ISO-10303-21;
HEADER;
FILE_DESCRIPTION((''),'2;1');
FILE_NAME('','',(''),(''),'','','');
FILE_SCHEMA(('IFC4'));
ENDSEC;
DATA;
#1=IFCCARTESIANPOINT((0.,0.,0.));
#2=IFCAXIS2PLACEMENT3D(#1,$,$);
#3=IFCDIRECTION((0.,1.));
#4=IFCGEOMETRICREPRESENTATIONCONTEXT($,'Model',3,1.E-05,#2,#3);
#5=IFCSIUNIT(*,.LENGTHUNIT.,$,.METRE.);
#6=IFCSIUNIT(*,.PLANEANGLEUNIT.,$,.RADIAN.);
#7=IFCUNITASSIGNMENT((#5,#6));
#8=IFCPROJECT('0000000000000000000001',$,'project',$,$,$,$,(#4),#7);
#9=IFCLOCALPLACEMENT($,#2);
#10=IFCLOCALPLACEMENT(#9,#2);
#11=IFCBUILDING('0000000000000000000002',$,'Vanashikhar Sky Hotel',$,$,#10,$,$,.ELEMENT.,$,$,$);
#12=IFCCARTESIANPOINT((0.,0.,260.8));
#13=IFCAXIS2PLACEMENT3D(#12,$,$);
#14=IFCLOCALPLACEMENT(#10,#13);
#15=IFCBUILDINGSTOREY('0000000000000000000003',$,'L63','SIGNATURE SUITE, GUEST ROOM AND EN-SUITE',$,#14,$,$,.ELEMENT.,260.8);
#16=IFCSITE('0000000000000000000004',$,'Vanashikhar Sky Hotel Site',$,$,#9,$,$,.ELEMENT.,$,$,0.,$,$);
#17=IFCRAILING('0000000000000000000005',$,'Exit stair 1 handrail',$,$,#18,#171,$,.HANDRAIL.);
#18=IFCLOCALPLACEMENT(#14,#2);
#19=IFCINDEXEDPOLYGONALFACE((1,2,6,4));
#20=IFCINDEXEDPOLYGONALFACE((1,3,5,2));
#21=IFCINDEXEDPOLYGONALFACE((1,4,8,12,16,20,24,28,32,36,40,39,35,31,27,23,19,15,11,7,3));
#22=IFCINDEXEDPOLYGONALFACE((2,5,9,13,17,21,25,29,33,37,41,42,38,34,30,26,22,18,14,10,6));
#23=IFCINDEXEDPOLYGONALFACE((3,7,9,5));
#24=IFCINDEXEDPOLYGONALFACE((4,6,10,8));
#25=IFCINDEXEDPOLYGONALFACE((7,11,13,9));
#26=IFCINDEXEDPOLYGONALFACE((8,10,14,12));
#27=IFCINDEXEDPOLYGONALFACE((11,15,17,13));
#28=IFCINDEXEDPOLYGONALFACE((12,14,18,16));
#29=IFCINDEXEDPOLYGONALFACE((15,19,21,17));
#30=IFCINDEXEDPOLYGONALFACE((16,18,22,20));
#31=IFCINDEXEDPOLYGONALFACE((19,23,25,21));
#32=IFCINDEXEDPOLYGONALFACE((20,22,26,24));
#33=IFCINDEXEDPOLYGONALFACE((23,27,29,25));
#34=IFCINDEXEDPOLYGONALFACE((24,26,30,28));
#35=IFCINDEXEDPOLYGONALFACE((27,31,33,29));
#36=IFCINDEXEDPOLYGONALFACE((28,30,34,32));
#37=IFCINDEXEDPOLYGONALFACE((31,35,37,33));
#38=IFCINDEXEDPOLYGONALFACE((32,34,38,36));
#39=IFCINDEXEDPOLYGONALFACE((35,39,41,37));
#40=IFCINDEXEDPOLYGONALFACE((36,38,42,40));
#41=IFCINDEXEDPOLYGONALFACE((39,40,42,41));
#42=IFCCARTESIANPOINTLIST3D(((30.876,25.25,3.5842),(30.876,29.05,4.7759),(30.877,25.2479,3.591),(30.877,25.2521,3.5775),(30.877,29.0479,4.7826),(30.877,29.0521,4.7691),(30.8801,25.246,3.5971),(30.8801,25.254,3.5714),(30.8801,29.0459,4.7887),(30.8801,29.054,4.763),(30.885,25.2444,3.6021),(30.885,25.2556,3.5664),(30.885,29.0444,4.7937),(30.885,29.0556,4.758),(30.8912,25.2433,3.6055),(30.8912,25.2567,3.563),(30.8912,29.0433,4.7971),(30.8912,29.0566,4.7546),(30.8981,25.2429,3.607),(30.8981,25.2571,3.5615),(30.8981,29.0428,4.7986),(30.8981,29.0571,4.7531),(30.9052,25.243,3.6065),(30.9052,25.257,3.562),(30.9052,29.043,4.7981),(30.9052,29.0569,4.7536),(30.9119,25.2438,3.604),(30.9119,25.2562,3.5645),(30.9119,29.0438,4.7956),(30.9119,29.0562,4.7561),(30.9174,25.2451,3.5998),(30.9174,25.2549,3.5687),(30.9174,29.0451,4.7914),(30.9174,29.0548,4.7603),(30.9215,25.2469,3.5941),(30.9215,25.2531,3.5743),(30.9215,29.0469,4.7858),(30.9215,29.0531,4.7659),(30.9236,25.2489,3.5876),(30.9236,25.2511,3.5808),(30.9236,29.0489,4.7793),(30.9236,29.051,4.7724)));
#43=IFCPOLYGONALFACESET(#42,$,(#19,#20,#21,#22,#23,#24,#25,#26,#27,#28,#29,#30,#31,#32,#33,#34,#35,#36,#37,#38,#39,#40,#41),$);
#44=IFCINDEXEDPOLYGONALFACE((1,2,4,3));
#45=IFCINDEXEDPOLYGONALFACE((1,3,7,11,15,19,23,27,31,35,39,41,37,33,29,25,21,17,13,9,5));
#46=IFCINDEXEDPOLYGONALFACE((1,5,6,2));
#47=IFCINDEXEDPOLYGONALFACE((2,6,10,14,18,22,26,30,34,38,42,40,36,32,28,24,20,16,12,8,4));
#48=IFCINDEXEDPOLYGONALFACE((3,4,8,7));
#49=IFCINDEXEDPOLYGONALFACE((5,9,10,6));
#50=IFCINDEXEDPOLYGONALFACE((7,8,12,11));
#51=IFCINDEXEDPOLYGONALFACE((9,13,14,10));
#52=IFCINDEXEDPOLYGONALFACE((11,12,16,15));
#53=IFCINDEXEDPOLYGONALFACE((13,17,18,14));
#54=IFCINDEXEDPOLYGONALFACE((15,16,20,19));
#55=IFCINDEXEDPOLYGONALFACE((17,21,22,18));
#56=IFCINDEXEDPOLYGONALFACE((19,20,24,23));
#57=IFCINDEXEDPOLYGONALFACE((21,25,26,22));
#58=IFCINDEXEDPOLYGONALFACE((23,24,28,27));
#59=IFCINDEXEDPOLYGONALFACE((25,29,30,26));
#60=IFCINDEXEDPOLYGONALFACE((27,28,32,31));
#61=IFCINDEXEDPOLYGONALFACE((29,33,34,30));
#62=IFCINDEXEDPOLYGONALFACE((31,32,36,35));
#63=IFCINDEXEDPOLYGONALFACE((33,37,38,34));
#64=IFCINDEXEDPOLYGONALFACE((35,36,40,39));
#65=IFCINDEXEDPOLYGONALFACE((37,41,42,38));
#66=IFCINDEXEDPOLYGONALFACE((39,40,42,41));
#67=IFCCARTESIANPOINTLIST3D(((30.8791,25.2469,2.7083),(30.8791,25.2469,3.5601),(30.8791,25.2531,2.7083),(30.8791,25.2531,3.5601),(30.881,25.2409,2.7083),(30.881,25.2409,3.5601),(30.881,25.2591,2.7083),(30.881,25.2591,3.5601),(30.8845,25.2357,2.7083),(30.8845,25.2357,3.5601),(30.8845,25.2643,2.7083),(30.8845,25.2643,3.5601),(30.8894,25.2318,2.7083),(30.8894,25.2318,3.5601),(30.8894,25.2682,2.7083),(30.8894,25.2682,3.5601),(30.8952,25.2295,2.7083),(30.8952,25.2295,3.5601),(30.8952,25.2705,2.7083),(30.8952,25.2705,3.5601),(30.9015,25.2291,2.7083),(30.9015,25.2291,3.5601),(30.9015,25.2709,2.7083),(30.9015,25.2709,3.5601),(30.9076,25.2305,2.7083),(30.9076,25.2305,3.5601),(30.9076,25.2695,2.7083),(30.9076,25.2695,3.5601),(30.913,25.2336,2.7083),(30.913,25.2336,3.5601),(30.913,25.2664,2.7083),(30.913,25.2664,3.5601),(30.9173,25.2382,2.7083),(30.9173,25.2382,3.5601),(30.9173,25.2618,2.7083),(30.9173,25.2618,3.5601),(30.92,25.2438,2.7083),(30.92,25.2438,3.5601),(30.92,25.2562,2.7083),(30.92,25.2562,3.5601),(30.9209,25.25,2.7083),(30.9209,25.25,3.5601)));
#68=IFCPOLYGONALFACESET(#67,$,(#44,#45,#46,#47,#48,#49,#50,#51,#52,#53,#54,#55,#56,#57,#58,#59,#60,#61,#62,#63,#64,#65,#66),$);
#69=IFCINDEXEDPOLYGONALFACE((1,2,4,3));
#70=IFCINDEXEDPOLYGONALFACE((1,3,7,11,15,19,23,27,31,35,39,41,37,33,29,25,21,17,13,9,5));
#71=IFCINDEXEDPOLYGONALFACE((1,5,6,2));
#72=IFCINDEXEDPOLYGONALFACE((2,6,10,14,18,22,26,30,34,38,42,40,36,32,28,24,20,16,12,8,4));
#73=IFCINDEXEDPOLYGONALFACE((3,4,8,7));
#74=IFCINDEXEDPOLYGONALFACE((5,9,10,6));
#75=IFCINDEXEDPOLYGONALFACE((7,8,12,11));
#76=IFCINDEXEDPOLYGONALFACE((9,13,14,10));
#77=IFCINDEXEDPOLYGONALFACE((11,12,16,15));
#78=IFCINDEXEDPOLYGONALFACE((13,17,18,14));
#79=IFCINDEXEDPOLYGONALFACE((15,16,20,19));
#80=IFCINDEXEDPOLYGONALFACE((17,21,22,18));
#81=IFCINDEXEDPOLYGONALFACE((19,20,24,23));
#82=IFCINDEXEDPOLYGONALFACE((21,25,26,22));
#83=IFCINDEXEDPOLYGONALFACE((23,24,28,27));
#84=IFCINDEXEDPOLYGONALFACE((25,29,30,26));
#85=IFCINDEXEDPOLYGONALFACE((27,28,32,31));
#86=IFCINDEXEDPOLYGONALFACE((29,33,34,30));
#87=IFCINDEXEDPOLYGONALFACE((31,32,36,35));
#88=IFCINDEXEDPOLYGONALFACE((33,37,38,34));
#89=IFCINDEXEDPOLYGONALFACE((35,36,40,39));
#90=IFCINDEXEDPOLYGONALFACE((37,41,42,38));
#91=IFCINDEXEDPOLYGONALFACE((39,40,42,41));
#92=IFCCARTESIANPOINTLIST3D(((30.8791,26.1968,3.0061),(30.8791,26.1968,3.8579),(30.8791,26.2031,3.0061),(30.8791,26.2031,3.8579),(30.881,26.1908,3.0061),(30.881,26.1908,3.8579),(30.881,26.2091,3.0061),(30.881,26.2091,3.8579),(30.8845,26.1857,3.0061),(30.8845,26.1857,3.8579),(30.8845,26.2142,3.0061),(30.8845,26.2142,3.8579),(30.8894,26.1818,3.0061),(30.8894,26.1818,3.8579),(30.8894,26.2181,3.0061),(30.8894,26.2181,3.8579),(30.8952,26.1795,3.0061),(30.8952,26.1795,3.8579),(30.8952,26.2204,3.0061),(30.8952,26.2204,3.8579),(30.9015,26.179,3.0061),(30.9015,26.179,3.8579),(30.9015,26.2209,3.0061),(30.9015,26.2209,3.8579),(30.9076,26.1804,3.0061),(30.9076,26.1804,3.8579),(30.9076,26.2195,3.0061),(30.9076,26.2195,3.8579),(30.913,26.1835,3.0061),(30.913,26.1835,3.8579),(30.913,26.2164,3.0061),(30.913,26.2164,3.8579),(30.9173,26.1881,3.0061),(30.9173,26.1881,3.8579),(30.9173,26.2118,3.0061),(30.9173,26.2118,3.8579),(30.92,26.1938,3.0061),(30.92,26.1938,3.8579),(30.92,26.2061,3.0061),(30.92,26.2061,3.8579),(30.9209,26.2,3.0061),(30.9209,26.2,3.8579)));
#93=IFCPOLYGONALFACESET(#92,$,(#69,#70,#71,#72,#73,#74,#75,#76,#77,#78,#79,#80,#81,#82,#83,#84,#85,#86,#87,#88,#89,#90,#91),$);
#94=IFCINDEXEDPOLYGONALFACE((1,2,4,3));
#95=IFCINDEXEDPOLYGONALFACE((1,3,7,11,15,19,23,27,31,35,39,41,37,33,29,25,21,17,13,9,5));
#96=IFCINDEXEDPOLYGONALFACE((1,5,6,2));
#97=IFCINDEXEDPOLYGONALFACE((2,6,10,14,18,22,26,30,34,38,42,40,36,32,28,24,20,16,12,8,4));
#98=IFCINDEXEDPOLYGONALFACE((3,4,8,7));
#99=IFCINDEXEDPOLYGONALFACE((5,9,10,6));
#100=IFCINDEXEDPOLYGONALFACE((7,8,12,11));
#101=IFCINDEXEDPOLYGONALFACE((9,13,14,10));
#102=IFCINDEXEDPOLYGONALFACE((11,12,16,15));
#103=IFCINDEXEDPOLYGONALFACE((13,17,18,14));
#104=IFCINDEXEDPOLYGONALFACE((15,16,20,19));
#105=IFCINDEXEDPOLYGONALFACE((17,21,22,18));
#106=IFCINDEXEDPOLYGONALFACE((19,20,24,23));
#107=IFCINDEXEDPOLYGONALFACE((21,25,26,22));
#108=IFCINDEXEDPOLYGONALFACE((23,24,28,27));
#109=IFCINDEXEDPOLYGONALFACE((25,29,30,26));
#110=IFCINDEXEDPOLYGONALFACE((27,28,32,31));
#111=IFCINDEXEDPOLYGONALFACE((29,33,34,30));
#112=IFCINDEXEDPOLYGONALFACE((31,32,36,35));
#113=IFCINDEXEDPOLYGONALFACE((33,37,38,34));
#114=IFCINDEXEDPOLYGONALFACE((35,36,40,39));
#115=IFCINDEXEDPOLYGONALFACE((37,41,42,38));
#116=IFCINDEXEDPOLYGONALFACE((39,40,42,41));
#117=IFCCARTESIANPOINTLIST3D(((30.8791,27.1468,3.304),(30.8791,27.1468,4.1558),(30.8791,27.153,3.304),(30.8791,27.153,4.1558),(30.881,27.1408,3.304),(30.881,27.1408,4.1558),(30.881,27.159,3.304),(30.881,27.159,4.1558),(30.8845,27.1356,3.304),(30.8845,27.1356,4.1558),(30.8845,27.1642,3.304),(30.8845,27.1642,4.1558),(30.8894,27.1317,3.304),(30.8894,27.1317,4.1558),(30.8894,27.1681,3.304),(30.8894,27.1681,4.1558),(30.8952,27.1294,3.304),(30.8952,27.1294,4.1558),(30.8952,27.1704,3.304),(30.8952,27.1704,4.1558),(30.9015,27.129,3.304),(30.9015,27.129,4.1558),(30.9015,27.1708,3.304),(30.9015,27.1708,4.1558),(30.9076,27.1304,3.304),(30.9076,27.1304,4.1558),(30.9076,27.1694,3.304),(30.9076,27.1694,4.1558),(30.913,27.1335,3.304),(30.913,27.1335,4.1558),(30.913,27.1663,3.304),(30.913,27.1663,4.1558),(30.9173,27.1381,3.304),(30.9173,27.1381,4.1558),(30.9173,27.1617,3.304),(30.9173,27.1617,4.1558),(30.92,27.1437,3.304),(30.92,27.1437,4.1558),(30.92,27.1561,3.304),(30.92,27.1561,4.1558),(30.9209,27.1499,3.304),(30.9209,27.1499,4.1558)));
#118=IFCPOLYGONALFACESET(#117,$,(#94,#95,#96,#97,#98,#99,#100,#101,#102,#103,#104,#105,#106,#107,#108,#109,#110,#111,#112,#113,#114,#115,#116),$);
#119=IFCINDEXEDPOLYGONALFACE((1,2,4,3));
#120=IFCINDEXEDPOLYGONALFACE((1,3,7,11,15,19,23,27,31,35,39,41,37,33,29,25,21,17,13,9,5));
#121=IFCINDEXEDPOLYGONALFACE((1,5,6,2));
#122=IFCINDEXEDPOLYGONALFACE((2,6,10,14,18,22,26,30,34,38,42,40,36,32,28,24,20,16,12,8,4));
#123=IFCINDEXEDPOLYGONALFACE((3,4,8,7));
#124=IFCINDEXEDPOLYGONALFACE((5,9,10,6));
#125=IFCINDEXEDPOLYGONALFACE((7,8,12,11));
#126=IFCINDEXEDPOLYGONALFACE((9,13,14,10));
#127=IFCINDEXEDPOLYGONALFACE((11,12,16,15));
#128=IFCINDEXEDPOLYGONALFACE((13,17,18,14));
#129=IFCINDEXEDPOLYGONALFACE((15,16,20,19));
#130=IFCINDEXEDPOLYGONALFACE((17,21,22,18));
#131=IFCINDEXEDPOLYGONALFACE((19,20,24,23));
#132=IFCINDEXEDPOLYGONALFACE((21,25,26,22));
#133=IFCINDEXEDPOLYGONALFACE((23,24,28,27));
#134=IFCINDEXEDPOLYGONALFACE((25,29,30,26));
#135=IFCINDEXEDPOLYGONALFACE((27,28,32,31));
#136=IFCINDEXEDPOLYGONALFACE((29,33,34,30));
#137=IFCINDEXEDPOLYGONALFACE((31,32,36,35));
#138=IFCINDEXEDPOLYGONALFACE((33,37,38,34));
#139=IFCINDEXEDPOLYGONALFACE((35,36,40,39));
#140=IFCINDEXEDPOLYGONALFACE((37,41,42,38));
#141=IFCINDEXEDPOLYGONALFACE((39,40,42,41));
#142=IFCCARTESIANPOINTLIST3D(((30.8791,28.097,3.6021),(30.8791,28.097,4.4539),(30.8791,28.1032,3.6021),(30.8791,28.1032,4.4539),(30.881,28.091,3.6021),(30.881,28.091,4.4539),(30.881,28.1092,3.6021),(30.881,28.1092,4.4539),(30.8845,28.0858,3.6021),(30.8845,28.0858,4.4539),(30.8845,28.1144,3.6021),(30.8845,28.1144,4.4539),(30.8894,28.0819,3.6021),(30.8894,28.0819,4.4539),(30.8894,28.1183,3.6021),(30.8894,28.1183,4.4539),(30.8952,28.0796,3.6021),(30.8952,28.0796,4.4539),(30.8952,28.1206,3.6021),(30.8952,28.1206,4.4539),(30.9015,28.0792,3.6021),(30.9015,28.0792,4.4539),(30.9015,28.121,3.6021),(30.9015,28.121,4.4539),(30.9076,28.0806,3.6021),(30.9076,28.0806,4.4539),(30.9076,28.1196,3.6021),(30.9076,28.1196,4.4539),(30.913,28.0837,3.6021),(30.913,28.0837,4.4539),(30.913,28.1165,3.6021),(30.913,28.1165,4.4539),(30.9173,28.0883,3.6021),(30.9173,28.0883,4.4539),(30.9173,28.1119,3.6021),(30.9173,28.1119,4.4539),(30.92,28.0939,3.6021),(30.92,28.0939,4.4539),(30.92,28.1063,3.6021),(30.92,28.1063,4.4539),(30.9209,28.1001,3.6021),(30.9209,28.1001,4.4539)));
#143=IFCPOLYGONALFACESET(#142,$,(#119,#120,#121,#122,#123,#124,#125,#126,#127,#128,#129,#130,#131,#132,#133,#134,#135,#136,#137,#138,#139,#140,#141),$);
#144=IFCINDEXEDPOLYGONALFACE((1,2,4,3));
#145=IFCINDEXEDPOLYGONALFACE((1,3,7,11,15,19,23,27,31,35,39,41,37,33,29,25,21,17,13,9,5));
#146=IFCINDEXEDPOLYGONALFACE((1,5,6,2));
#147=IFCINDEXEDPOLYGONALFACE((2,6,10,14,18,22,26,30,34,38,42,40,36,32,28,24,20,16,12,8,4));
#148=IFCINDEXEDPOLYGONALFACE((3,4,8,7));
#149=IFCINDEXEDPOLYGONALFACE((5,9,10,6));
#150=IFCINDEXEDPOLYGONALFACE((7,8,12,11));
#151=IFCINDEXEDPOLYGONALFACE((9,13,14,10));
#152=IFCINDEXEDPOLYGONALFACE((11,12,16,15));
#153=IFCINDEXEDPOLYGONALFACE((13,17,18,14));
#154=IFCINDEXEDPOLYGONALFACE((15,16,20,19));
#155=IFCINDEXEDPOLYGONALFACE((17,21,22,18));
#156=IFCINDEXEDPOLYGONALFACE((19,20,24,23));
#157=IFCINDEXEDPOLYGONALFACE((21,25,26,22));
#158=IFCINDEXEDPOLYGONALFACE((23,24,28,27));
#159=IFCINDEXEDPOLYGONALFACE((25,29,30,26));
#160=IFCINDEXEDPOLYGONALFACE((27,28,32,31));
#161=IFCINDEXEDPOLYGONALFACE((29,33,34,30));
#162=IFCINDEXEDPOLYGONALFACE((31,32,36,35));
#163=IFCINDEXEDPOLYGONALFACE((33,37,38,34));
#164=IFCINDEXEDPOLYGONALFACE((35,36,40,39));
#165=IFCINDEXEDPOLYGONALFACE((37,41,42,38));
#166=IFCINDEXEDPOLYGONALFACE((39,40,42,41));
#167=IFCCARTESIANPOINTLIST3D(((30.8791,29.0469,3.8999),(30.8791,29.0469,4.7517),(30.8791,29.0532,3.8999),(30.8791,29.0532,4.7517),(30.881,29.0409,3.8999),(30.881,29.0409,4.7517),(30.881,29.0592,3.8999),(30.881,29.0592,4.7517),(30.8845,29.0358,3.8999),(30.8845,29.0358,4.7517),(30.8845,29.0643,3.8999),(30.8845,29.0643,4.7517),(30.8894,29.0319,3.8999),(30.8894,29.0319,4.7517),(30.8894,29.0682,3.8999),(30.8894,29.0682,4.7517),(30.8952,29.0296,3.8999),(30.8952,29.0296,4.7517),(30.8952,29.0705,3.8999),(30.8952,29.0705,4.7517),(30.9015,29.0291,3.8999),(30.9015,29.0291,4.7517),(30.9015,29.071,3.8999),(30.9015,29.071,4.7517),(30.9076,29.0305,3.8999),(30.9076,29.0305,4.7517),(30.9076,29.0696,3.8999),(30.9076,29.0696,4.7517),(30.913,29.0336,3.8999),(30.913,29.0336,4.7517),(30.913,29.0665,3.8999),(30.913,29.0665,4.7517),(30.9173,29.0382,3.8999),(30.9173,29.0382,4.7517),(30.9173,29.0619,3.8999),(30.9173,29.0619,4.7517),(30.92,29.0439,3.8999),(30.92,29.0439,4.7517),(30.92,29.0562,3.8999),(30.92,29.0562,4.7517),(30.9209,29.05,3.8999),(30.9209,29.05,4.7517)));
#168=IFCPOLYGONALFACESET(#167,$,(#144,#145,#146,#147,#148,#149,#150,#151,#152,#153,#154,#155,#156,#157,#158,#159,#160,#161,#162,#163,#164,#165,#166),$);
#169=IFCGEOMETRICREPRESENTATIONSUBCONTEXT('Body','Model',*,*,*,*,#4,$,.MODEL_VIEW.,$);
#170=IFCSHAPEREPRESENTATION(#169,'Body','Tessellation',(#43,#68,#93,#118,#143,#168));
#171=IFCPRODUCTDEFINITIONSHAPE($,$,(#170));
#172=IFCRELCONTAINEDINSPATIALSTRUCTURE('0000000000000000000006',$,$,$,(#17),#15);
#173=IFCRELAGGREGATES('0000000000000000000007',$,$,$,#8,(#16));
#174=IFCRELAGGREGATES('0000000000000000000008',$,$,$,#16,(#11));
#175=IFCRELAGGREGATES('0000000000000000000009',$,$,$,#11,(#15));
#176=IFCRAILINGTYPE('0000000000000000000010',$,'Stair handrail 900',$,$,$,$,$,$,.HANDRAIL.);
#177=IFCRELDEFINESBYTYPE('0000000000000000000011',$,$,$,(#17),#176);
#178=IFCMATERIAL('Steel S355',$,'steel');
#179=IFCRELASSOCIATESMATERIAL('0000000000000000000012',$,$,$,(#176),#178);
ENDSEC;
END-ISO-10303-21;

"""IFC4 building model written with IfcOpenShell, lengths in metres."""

from ifc_helpers import new_model, si_unit, direction, frame, origin, origin_2d, place, context, subcontext, project, spatial, circle, extrude, source, transform, mapped, material, type_object, element, save


model = new_model("IFC4")

# Units and contexts
model_context = context("Model", 3, precision=1e-05, world=origin(), true_north=direction((0.0, 1.0)))
body_context = subcontext(model_context, "Body", "Model", "MODEL_VIEW")
ifc_project = project(units=[si_unit("LENGTHUNIT", "METRE"), si_unit("PLANEANGLEUNIT", "RADIAN")], contexts=[model_context])

# Site, building, storey
site_placement = place(None, origin())
site = spatial("IfcSite", under=ifc_project, at=site_placement, Name="Vanashikhar Sky Hotel Site", CompositionType="ELEMENT", RefElevation=0.0)
building_placement = place(site_placement, origin())
building = spatial("IfcBuilding", under=site, at=building_placement, Name="Vanashikhar Sky Hotel", CompositionType="ELEMENT")
storey_placement = place(building_placement, frame((0.0, 0.0, 260.8)))
storey = spatial("IfcBuildingStorey", under=building, at=storey_placement, Name="L63", Description="SIGNATURE SUITE, GUEST ROOM AND EN-SUITE", CompositionType="ELEMENT", Elevation=260.8)

# Railing
ifc_material_1 = material(Name="Steel S355", Category="steel")
railing_type = type_object("IfcRailingType", Name="Stair handrail 900", PredefinedType="HANDRAIL", material=ifc_material_1)
shared_shape_1 = source(origin(), body_context, "Body", "SweptSolid", [
    extrude(circle(Radius=0.0239, at=origin_2d()), frame((0.0, 0.0, 0.876), z_axis=(0.0, 0.954184, 0.299221), x_axis=(-1.0, 0.0, 0.0)), (0.0, 0.0, 1.0), 3.9824),
    extrude(circle(Radius=0.021, at=origin_2d()), origin(), (0.0, 0.0, 1.0), 0.8518),
    extrude(circle(Radius=0.021, at=origin_2d()), frame((0.0, 0.95, 0.2979)), (0.0, 0.0, 1.0), 0.8518),
    extrude(circle(Radius=0.021, at=origin_2d()), frame((0.0, 1.8999, 0.5957)), (0.0, 0.0, 1.0), 0.8518),
    extrude(circle(Radius=0.021, at=origin_2d()), frame((0.0, 2.8501, 0.8938)), (0.0, 0.0, 1.0), 0.8518),
    extrude(circle(Radius=0.021, at=origin_2d()), frame((0.0, 3.8, 1.1917)), (0.0, 0.0, 1.0), 0.8518),
])
for number, where, name in (
    (1, (30.8999, 25.25, 2.7083), "Exit stair 1 handrail"),
):
    element("IfcRailing", number, at=place(storey_placement, frame(where)), inside=storey, type_object=railing_type, Name=name, PredefinedType="HANDRAIL", context=body_context, shape_type="MappedRepresentation", body=[
        mapped(shared_shape_1, transform((0.0, 0.0, 0.0), scale=1.0)),
    ])

save(model, "model.ifc")
